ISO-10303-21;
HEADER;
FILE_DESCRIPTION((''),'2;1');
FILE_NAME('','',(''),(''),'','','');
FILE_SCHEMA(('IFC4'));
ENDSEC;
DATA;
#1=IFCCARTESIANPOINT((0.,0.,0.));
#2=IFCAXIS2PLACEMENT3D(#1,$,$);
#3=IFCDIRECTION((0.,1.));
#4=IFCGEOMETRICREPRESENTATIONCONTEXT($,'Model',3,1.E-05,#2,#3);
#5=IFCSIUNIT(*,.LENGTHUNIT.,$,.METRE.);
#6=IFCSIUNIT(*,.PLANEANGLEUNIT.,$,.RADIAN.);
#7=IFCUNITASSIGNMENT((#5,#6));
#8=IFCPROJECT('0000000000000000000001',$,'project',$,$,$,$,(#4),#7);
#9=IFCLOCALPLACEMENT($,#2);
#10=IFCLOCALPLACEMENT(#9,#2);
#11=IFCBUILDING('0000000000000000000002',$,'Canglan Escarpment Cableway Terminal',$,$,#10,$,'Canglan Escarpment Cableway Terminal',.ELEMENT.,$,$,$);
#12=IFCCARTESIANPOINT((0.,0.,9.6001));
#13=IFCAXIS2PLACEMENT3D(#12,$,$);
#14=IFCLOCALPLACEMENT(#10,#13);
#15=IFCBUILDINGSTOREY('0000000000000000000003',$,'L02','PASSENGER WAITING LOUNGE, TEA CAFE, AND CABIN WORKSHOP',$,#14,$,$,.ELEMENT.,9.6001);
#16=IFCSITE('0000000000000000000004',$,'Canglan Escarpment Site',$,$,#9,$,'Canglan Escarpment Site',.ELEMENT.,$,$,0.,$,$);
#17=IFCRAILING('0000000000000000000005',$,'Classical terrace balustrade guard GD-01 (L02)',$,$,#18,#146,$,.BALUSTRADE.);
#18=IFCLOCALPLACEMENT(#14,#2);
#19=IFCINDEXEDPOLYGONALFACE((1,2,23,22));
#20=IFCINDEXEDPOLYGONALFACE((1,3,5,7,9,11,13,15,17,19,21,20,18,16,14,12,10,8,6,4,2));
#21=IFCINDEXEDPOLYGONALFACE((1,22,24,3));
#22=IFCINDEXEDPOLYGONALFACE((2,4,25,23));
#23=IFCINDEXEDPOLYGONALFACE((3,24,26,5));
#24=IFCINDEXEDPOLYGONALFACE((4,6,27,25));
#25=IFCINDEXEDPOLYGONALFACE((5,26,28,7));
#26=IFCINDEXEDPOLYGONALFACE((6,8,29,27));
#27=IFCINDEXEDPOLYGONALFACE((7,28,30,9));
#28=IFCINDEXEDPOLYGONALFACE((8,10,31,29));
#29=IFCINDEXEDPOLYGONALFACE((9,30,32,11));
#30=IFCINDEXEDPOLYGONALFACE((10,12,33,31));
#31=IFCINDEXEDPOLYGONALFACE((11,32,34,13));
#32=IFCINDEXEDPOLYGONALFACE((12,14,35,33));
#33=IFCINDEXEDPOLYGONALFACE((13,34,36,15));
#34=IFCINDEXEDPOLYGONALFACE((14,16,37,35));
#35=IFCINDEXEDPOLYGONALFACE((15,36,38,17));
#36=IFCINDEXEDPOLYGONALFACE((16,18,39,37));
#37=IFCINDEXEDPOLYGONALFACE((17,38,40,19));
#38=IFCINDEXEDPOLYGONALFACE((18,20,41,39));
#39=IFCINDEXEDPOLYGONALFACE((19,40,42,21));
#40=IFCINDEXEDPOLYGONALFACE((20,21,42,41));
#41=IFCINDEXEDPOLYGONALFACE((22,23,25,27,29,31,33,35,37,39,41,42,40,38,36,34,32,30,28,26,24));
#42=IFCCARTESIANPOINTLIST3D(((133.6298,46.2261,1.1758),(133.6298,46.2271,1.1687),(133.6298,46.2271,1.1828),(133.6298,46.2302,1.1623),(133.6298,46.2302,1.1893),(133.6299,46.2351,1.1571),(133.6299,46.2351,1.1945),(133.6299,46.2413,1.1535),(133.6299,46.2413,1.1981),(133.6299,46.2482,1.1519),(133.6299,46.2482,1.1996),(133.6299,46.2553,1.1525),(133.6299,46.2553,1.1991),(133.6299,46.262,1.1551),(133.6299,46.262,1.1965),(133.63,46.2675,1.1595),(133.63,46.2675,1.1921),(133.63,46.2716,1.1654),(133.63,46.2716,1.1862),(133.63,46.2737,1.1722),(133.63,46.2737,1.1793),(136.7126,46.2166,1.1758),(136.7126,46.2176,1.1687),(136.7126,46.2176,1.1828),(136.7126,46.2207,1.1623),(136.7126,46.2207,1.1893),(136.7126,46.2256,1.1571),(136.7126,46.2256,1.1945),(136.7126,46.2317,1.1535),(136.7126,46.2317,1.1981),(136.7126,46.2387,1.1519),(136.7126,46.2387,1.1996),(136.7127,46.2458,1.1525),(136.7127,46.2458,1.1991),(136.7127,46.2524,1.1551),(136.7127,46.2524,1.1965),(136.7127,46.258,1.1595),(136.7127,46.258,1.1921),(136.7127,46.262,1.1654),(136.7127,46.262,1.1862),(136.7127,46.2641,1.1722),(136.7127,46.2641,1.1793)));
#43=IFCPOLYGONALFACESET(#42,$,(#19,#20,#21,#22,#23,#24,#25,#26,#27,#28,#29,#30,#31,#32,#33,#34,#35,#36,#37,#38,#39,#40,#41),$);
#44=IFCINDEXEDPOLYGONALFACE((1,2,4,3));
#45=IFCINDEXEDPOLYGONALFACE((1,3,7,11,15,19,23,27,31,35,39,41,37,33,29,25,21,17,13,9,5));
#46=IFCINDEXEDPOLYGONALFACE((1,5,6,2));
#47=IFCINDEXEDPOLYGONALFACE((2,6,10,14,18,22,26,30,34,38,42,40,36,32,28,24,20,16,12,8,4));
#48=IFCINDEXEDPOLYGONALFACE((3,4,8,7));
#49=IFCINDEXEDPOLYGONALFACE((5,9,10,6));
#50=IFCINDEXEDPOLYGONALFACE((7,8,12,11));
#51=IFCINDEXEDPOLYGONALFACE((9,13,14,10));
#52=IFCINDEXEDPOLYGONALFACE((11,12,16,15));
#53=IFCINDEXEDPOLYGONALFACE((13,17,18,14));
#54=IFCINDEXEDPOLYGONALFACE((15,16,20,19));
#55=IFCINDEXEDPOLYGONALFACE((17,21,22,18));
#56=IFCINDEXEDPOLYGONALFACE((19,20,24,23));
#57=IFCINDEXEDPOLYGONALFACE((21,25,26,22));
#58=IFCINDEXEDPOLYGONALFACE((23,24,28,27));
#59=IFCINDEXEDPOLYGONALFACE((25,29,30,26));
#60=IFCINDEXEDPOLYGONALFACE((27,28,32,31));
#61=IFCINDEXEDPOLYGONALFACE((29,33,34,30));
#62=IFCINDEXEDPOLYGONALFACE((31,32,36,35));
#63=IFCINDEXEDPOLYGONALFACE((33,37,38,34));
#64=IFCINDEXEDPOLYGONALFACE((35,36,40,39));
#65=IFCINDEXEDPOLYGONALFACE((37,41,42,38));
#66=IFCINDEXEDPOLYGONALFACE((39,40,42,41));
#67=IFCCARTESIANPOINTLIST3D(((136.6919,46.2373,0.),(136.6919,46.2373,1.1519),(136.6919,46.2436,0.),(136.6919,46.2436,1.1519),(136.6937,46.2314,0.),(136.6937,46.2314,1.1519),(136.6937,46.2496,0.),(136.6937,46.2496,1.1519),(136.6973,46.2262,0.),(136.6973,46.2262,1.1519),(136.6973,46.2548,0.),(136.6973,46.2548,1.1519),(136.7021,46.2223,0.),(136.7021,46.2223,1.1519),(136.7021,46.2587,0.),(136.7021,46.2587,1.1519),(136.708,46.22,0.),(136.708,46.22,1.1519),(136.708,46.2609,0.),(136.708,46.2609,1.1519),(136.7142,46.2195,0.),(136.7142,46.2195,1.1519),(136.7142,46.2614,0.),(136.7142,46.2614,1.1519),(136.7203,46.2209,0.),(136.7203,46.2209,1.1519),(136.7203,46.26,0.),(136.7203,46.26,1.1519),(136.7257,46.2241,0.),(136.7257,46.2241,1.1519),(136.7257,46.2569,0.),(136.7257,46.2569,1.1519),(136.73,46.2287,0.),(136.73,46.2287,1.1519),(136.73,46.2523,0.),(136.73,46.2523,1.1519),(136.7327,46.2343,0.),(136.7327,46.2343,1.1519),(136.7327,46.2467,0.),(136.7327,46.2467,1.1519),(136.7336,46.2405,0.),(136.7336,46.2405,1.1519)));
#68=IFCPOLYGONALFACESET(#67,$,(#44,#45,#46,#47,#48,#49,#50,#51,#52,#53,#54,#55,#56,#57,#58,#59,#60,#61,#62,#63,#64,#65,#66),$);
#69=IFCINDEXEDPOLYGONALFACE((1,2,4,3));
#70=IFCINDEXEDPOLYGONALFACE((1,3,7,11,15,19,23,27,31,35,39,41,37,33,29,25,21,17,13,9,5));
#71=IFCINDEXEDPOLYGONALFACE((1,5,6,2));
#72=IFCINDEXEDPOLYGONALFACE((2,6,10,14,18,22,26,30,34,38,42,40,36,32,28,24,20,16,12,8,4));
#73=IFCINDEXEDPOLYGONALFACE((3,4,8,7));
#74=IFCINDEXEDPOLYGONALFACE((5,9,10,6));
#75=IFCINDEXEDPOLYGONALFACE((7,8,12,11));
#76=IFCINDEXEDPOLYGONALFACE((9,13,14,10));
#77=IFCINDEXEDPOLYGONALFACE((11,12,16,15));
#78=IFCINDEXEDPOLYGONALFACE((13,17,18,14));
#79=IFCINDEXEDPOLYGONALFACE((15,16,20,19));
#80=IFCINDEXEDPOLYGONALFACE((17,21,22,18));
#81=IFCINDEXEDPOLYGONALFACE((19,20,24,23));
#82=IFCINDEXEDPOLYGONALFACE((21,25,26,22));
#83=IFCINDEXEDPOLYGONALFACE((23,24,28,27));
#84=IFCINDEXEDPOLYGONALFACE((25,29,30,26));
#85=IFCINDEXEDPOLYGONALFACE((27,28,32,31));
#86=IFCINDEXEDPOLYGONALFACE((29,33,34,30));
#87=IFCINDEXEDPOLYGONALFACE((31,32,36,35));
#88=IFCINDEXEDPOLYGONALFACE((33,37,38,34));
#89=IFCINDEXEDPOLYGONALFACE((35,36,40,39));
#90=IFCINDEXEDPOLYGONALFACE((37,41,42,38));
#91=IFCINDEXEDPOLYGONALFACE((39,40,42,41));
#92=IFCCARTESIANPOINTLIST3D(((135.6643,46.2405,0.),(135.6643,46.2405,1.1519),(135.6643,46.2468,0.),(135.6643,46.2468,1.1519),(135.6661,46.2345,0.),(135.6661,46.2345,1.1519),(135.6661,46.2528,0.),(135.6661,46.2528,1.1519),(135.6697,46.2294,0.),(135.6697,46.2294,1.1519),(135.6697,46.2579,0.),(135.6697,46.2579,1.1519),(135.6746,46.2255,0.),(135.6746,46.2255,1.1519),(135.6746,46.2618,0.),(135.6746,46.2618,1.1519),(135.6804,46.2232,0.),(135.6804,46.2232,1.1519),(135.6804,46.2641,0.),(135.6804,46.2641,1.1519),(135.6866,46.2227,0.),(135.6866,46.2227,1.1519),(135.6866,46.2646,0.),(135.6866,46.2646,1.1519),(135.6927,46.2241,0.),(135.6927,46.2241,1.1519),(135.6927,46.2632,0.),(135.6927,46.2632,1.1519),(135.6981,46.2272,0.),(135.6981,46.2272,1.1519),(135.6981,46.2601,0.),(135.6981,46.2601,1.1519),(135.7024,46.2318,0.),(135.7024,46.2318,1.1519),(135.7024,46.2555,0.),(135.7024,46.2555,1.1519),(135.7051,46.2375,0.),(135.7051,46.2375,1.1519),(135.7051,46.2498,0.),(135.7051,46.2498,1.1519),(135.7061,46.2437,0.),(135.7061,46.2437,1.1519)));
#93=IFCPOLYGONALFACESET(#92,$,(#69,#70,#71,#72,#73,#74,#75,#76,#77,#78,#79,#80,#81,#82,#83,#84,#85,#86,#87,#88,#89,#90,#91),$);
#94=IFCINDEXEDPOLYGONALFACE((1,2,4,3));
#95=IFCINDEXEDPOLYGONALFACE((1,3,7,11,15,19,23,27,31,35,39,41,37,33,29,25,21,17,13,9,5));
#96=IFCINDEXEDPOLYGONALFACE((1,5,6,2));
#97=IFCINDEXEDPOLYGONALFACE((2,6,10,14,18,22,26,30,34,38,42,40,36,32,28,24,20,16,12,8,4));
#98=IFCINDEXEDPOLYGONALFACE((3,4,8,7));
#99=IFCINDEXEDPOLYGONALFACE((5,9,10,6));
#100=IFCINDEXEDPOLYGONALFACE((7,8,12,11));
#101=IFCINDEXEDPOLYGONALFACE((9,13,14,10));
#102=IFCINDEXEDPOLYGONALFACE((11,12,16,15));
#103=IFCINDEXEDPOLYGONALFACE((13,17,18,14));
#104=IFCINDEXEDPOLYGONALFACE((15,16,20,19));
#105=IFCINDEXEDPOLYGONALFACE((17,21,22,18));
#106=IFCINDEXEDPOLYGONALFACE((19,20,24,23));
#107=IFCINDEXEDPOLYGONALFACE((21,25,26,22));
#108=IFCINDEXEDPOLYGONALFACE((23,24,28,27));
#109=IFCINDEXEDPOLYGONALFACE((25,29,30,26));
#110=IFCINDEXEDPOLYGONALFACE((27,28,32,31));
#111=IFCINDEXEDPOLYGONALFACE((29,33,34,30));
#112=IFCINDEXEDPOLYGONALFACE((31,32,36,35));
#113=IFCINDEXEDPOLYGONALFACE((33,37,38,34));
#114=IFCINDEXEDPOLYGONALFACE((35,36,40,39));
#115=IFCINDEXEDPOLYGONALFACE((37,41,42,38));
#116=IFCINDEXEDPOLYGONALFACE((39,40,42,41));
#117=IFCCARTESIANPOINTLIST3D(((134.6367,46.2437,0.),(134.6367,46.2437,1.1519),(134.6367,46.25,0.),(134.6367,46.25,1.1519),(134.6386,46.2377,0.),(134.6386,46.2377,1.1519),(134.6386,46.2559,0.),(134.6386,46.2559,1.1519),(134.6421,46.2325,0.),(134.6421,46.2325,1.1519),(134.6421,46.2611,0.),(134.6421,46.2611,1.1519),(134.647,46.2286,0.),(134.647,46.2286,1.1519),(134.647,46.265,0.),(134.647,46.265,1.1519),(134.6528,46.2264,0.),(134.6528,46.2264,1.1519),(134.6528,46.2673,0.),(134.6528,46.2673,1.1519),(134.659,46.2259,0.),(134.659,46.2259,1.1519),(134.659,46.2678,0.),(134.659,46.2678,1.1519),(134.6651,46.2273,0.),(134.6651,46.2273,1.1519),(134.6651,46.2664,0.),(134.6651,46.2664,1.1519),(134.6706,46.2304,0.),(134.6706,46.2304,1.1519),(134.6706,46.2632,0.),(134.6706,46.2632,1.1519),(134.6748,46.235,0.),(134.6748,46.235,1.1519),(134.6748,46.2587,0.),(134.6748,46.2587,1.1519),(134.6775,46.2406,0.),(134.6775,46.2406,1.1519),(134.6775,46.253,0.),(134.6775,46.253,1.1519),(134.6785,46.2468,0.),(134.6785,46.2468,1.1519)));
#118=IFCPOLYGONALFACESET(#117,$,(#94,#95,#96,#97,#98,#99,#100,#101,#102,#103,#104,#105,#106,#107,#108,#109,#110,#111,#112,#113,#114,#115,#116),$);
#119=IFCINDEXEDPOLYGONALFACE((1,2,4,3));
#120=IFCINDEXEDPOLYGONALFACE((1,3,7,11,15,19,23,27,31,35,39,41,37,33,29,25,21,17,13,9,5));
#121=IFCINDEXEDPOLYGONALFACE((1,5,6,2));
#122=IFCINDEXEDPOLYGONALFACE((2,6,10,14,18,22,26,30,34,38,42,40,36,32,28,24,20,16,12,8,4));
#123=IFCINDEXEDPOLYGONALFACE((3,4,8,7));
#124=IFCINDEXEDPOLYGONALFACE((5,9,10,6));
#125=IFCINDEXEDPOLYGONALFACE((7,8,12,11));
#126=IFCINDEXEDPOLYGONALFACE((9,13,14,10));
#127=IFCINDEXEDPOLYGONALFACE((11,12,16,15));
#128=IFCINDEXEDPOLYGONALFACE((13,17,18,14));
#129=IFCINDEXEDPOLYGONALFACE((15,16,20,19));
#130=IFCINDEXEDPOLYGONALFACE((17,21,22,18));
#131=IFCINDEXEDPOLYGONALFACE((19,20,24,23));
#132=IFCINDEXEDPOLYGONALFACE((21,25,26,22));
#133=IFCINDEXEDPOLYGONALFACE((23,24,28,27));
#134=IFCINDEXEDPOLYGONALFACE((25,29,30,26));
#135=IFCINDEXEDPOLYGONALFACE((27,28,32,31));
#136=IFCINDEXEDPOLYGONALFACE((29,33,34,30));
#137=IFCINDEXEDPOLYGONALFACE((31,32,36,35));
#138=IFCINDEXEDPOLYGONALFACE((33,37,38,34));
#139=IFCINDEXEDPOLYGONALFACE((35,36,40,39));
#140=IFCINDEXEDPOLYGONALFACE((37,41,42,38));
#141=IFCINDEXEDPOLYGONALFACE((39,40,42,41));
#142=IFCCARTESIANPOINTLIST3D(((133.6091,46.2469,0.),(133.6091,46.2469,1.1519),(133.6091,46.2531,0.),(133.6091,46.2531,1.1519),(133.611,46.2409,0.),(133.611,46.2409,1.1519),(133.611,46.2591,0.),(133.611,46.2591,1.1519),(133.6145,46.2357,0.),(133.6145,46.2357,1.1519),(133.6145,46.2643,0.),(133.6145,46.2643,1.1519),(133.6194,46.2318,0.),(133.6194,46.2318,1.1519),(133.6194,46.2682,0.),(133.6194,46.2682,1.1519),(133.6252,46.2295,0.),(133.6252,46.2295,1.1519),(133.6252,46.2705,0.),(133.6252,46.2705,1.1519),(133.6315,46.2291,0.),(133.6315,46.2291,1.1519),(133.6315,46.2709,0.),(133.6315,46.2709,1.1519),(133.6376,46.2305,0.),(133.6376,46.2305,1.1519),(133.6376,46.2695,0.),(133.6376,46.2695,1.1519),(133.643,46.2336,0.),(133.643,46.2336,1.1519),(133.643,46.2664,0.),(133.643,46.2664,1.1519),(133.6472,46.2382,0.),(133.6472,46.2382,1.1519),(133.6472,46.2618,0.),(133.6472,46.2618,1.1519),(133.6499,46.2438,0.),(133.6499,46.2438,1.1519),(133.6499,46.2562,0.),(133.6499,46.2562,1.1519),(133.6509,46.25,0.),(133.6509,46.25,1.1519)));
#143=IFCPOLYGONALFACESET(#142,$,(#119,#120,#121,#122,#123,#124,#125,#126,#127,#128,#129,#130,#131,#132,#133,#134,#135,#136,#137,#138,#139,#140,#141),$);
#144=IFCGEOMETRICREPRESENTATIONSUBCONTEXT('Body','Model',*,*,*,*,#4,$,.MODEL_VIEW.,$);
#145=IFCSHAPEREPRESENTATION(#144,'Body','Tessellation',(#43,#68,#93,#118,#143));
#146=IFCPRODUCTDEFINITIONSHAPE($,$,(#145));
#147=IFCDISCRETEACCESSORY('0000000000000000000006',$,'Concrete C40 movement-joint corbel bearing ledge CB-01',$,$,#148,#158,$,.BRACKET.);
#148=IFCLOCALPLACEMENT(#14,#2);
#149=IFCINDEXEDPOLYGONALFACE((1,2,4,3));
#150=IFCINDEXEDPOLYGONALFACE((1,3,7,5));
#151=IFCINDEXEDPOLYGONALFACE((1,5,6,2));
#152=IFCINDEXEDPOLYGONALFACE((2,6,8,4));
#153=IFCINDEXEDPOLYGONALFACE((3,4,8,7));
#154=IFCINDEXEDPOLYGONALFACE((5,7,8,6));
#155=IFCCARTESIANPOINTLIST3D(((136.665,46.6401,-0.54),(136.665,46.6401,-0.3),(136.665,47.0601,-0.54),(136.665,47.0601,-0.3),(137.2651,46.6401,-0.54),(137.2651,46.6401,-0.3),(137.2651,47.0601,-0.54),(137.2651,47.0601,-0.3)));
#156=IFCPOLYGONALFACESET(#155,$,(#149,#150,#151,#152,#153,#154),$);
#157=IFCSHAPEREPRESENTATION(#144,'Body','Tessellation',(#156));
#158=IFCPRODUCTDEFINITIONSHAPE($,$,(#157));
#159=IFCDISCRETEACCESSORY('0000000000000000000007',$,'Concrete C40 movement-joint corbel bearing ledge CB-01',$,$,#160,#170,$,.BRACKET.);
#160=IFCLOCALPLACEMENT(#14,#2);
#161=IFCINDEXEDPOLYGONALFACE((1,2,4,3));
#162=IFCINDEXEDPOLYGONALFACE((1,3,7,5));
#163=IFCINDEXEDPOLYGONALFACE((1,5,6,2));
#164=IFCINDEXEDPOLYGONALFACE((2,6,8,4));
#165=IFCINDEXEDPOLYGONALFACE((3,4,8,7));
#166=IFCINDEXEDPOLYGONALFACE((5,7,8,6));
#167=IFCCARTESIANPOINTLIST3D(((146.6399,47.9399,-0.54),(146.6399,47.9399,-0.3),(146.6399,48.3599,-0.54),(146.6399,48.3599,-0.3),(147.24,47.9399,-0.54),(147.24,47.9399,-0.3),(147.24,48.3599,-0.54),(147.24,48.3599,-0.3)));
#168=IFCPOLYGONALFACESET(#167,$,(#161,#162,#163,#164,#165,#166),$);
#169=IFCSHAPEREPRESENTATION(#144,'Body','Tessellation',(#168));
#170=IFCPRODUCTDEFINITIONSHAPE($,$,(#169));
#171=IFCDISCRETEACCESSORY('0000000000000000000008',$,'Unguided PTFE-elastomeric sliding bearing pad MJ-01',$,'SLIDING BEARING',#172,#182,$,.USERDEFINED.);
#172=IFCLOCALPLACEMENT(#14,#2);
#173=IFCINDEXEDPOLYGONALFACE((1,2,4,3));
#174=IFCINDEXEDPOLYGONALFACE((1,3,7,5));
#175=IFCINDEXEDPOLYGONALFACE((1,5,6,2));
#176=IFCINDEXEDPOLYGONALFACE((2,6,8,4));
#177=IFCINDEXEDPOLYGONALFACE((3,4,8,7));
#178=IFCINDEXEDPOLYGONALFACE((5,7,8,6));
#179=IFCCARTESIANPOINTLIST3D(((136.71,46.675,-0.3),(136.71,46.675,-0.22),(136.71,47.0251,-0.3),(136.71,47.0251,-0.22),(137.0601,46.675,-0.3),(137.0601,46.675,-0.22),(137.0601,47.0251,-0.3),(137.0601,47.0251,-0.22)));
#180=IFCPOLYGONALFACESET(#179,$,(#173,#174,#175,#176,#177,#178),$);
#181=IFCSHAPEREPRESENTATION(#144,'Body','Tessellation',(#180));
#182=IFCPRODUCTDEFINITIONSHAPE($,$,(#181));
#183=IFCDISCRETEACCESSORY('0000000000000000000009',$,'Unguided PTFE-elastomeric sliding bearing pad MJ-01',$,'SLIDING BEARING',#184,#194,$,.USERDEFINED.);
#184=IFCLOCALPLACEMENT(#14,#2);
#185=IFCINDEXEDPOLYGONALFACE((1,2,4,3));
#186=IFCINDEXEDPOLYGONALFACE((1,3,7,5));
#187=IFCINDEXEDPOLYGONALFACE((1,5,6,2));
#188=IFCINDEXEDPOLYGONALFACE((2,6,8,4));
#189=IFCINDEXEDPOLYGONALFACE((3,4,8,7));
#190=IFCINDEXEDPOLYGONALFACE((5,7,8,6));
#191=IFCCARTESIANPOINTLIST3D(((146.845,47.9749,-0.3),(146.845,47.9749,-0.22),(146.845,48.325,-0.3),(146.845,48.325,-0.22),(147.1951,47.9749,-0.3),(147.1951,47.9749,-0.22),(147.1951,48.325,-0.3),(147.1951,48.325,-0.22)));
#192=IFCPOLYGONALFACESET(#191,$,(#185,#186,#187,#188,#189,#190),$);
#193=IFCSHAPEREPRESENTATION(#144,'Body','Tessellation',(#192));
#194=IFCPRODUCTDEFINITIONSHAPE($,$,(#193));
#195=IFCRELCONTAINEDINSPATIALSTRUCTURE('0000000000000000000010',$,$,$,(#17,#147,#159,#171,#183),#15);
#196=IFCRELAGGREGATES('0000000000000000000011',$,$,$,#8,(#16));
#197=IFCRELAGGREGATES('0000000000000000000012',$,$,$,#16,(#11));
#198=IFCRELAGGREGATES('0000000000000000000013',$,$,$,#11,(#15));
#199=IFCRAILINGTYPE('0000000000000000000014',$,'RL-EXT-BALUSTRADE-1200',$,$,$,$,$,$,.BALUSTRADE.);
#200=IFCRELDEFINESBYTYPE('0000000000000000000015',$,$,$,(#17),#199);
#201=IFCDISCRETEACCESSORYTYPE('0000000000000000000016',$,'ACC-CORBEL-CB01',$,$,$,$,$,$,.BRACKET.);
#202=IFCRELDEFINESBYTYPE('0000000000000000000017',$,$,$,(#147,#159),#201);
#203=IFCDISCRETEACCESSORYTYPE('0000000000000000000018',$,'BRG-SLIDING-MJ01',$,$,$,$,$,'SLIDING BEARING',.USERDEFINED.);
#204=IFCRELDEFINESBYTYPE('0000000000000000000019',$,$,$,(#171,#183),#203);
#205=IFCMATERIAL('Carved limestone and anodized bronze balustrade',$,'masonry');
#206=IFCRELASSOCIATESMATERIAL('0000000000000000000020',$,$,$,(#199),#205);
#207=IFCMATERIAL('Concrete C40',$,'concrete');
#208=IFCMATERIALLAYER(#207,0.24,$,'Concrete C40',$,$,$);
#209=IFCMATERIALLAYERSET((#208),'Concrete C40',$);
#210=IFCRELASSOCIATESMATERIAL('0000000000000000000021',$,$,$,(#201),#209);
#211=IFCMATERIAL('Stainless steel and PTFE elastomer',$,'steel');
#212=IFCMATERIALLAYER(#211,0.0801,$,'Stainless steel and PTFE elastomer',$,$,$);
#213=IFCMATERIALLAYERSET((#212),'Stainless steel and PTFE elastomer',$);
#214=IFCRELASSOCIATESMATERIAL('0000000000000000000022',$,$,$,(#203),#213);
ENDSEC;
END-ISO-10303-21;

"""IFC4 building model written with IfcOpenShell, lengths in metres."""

from ifc_helpers import new_model, si_unit, direction, frame, origin, origin_2d, place, context, subcontext, project, spatial, rectangle, circle, extrude, material, layer, layer_set, type_object, element, save


model = new_model("IFC4")

# Units and contexts
model_context = context("Model", 3, precision=1e-05, world=origin(), true_north=direction((0.0, 1.0)))
body_context = subcontext(model_context, "Body", "Model", "MODEL_VIEW")
ifc_project = project(units=[si_unit("LENGTHUNIT", "METRE"), si_unit("PLANEANGLEUNIT", "RADIAN")], contexts=[model_context])

# Site, building, storey
site_placement = place(None, origin())
site = spatial("IfcSite", under=ifc_project, at=site_placement, Name="Canglan Escarpment Site", LongName="Canglan Escarpment Site", CompositionType="ELEMENT", RefElevation=0.0)
building_placement = place(site_placement, origin())
building = spatial("IfcBuilding", under=site, at=building_placement, Name="Canglan Escarpment Cableway Terminal", LongName="Canglan Escarpment Cableway Terminal", CompositionType="ELEMENT")
storey_placement = place(building_placement, frame((0.0, 0.0, 9.6001)))
storey = spatial("IfcBuildingStorey", under=building, at=storey_placement, Name="L02", Description="PASSENGER WAITING LOUNGE, TEA CAFE, AND CABIN WORKSHOP", CompositionType="ELEMENT", Elevation=9.6001)

# Shared definitions
ifc_material_1 = material(Name="Concrete C40", Category="concrete")

# Railing
ifc_material_2 = material(Name="Carved limestone and anodized bronze balustrade", Category="masonry")
railing_type = type_object("IfcRailingType", Name="RL-EXT-BALUSTRADE-1200", PredefinedType="BALUSTRADE", material=ifc_material_2)
railing_1_placement = place(storey_placement, frame((136.7126, 46.2405, 0.0)))
element("IfcRailing", 1, at=railing_1_placement, inside=storey, type_object=railing_type, Name="Classical terrace balustrade guard GD-01 (L02)", PredefinedType="BALUSTRADE", context=body_context, shape_type="SweptSolid", body=[
    extrude(circle(Radius=0.0239, at=origin_2d()), frame((0.0, 0.0, 1.1758), z_axis=(-0.999995, 0.003089, 0.0), x_axis=(-0.003089, -0.999995, 0.0)), (0.0, 0.0, 1.0), 3.0828),
    extrude(circle(Radius=0.021, at=origin_2d()), origin(), (0.0, 0.0, 1.0), 1.1519),
    extrude(circle(Radius=0.021, at=origin_2d()), frame((-1.0276, 0.0032, 0.0)), (0.0, 0.0, 1.0), 1.1519),
    extrude(circle(Radius=0.021, at=origin_2d()), frame((-2.0552, 0.0063, 0.0)), (0.0, 0.0, 1.0), 1.1519),
    extrude(circle(Radius=0.021, at=origin_2d()), frame((-3.0828, 0.0095, 0.0)), (0.0, 0.0, 1.0), 1.1519),
])

# Discrete accessories
ifc_layer_1 = layer(ifc_material_1, 0.24, Name="Concrete C40")
ifc_layer_set_1 = layer_set([ifc_layer_1], Name="Concrete C40")
discrete_accessory_type_1 = type_object("IfcDiscreteAccessoryType", Name="ACC-CORBEL-CB01", PredefinedType="BRACKET", material=ifc_layer_set_1)
for number, where, z_axis, x_axis, name in (
    (2, (136.9651, 46.8501, -0.54), (0.0, 0.0, 1.0), (1.0, 0.0, 0.0), "Concrete C40 movement-joint corbel bearing ledge CB-01"),
    (3, (146.9399, 48.1499, -0.54), (0.0, 0.0, 1.0), (1.0, 0.0, 0.0), "Concrete C40 movement-joint corbel bearing ledge CB-01"),
):
    element("IfcDiscreteAccessory", number, at=place(storey_placement, frame(where, z_axis=z_axis, x_axis=x_axis)), inside=storey, type_object=discrete_accessory_type_1, Name=name, PredefinedType="BRACKET", context=body_context, shape_type="SweptSolid", body=[
        extrude(rectangle(XDim=0.6001, YDim=0.4199, at=origin_2d()), origin(), (0.0, 0.0, 1.0), 0.24),
    ])
ifc_material_3 = material(Name="Stainless steel and PTFE elastomer", Category="steel")
ifc_layer_2 = layer(ifc_material_3, 0.0801, Name="Stainless steel and PTFE elastomer")
ifc_layer_set_2 = layer_set([ifc_layer_2], Name="Stainless steel and PTFE elastomer")
discrete_accessory_type_2 = type_object("IfcDiscreteAccessoryType", Name="BRG-SLIDING-MJ01", ElementType="SLIDING BEARING", PredefinedType="USERDEFINED", material=ifc_layer_set_2)
for number, where, z_axis, x_axis, name in (
    (4, (136.885, 46.8501, -0.3), (0.0, 0.0, 1.0), (1.0, 0.0, 0.0), "Unguided PTFE-elastomeric sliding bearing pad MJ-01"),
    (5, (147.02, 48.1499, -0.3), (0.0, 0.0, 1.0), (1.0, 0.0, 0.0), "Unguided PTFE-elastomeric sliding bearing pad MJ-01"),
):
    element("IfcDiscreteAccessory", number, at=place(storey_placement, frame(where, z_axis=z_axis, x_axis=x_axis)), inside=storey, type_object=discrete_accessory_type_2, Name=name, ObjectType="SLIDING BEARING", PredefinedType="USERDEFINED", context=body_context, shape_type="SweptSolid", body=[
        extrude(rectangle(XDim=0.3501, YDim=0.3501, at=origin_2d()), origin(), (0.0, 0.0, 1.0), 0.0801),
    ])

save(model, "model.ifc")
